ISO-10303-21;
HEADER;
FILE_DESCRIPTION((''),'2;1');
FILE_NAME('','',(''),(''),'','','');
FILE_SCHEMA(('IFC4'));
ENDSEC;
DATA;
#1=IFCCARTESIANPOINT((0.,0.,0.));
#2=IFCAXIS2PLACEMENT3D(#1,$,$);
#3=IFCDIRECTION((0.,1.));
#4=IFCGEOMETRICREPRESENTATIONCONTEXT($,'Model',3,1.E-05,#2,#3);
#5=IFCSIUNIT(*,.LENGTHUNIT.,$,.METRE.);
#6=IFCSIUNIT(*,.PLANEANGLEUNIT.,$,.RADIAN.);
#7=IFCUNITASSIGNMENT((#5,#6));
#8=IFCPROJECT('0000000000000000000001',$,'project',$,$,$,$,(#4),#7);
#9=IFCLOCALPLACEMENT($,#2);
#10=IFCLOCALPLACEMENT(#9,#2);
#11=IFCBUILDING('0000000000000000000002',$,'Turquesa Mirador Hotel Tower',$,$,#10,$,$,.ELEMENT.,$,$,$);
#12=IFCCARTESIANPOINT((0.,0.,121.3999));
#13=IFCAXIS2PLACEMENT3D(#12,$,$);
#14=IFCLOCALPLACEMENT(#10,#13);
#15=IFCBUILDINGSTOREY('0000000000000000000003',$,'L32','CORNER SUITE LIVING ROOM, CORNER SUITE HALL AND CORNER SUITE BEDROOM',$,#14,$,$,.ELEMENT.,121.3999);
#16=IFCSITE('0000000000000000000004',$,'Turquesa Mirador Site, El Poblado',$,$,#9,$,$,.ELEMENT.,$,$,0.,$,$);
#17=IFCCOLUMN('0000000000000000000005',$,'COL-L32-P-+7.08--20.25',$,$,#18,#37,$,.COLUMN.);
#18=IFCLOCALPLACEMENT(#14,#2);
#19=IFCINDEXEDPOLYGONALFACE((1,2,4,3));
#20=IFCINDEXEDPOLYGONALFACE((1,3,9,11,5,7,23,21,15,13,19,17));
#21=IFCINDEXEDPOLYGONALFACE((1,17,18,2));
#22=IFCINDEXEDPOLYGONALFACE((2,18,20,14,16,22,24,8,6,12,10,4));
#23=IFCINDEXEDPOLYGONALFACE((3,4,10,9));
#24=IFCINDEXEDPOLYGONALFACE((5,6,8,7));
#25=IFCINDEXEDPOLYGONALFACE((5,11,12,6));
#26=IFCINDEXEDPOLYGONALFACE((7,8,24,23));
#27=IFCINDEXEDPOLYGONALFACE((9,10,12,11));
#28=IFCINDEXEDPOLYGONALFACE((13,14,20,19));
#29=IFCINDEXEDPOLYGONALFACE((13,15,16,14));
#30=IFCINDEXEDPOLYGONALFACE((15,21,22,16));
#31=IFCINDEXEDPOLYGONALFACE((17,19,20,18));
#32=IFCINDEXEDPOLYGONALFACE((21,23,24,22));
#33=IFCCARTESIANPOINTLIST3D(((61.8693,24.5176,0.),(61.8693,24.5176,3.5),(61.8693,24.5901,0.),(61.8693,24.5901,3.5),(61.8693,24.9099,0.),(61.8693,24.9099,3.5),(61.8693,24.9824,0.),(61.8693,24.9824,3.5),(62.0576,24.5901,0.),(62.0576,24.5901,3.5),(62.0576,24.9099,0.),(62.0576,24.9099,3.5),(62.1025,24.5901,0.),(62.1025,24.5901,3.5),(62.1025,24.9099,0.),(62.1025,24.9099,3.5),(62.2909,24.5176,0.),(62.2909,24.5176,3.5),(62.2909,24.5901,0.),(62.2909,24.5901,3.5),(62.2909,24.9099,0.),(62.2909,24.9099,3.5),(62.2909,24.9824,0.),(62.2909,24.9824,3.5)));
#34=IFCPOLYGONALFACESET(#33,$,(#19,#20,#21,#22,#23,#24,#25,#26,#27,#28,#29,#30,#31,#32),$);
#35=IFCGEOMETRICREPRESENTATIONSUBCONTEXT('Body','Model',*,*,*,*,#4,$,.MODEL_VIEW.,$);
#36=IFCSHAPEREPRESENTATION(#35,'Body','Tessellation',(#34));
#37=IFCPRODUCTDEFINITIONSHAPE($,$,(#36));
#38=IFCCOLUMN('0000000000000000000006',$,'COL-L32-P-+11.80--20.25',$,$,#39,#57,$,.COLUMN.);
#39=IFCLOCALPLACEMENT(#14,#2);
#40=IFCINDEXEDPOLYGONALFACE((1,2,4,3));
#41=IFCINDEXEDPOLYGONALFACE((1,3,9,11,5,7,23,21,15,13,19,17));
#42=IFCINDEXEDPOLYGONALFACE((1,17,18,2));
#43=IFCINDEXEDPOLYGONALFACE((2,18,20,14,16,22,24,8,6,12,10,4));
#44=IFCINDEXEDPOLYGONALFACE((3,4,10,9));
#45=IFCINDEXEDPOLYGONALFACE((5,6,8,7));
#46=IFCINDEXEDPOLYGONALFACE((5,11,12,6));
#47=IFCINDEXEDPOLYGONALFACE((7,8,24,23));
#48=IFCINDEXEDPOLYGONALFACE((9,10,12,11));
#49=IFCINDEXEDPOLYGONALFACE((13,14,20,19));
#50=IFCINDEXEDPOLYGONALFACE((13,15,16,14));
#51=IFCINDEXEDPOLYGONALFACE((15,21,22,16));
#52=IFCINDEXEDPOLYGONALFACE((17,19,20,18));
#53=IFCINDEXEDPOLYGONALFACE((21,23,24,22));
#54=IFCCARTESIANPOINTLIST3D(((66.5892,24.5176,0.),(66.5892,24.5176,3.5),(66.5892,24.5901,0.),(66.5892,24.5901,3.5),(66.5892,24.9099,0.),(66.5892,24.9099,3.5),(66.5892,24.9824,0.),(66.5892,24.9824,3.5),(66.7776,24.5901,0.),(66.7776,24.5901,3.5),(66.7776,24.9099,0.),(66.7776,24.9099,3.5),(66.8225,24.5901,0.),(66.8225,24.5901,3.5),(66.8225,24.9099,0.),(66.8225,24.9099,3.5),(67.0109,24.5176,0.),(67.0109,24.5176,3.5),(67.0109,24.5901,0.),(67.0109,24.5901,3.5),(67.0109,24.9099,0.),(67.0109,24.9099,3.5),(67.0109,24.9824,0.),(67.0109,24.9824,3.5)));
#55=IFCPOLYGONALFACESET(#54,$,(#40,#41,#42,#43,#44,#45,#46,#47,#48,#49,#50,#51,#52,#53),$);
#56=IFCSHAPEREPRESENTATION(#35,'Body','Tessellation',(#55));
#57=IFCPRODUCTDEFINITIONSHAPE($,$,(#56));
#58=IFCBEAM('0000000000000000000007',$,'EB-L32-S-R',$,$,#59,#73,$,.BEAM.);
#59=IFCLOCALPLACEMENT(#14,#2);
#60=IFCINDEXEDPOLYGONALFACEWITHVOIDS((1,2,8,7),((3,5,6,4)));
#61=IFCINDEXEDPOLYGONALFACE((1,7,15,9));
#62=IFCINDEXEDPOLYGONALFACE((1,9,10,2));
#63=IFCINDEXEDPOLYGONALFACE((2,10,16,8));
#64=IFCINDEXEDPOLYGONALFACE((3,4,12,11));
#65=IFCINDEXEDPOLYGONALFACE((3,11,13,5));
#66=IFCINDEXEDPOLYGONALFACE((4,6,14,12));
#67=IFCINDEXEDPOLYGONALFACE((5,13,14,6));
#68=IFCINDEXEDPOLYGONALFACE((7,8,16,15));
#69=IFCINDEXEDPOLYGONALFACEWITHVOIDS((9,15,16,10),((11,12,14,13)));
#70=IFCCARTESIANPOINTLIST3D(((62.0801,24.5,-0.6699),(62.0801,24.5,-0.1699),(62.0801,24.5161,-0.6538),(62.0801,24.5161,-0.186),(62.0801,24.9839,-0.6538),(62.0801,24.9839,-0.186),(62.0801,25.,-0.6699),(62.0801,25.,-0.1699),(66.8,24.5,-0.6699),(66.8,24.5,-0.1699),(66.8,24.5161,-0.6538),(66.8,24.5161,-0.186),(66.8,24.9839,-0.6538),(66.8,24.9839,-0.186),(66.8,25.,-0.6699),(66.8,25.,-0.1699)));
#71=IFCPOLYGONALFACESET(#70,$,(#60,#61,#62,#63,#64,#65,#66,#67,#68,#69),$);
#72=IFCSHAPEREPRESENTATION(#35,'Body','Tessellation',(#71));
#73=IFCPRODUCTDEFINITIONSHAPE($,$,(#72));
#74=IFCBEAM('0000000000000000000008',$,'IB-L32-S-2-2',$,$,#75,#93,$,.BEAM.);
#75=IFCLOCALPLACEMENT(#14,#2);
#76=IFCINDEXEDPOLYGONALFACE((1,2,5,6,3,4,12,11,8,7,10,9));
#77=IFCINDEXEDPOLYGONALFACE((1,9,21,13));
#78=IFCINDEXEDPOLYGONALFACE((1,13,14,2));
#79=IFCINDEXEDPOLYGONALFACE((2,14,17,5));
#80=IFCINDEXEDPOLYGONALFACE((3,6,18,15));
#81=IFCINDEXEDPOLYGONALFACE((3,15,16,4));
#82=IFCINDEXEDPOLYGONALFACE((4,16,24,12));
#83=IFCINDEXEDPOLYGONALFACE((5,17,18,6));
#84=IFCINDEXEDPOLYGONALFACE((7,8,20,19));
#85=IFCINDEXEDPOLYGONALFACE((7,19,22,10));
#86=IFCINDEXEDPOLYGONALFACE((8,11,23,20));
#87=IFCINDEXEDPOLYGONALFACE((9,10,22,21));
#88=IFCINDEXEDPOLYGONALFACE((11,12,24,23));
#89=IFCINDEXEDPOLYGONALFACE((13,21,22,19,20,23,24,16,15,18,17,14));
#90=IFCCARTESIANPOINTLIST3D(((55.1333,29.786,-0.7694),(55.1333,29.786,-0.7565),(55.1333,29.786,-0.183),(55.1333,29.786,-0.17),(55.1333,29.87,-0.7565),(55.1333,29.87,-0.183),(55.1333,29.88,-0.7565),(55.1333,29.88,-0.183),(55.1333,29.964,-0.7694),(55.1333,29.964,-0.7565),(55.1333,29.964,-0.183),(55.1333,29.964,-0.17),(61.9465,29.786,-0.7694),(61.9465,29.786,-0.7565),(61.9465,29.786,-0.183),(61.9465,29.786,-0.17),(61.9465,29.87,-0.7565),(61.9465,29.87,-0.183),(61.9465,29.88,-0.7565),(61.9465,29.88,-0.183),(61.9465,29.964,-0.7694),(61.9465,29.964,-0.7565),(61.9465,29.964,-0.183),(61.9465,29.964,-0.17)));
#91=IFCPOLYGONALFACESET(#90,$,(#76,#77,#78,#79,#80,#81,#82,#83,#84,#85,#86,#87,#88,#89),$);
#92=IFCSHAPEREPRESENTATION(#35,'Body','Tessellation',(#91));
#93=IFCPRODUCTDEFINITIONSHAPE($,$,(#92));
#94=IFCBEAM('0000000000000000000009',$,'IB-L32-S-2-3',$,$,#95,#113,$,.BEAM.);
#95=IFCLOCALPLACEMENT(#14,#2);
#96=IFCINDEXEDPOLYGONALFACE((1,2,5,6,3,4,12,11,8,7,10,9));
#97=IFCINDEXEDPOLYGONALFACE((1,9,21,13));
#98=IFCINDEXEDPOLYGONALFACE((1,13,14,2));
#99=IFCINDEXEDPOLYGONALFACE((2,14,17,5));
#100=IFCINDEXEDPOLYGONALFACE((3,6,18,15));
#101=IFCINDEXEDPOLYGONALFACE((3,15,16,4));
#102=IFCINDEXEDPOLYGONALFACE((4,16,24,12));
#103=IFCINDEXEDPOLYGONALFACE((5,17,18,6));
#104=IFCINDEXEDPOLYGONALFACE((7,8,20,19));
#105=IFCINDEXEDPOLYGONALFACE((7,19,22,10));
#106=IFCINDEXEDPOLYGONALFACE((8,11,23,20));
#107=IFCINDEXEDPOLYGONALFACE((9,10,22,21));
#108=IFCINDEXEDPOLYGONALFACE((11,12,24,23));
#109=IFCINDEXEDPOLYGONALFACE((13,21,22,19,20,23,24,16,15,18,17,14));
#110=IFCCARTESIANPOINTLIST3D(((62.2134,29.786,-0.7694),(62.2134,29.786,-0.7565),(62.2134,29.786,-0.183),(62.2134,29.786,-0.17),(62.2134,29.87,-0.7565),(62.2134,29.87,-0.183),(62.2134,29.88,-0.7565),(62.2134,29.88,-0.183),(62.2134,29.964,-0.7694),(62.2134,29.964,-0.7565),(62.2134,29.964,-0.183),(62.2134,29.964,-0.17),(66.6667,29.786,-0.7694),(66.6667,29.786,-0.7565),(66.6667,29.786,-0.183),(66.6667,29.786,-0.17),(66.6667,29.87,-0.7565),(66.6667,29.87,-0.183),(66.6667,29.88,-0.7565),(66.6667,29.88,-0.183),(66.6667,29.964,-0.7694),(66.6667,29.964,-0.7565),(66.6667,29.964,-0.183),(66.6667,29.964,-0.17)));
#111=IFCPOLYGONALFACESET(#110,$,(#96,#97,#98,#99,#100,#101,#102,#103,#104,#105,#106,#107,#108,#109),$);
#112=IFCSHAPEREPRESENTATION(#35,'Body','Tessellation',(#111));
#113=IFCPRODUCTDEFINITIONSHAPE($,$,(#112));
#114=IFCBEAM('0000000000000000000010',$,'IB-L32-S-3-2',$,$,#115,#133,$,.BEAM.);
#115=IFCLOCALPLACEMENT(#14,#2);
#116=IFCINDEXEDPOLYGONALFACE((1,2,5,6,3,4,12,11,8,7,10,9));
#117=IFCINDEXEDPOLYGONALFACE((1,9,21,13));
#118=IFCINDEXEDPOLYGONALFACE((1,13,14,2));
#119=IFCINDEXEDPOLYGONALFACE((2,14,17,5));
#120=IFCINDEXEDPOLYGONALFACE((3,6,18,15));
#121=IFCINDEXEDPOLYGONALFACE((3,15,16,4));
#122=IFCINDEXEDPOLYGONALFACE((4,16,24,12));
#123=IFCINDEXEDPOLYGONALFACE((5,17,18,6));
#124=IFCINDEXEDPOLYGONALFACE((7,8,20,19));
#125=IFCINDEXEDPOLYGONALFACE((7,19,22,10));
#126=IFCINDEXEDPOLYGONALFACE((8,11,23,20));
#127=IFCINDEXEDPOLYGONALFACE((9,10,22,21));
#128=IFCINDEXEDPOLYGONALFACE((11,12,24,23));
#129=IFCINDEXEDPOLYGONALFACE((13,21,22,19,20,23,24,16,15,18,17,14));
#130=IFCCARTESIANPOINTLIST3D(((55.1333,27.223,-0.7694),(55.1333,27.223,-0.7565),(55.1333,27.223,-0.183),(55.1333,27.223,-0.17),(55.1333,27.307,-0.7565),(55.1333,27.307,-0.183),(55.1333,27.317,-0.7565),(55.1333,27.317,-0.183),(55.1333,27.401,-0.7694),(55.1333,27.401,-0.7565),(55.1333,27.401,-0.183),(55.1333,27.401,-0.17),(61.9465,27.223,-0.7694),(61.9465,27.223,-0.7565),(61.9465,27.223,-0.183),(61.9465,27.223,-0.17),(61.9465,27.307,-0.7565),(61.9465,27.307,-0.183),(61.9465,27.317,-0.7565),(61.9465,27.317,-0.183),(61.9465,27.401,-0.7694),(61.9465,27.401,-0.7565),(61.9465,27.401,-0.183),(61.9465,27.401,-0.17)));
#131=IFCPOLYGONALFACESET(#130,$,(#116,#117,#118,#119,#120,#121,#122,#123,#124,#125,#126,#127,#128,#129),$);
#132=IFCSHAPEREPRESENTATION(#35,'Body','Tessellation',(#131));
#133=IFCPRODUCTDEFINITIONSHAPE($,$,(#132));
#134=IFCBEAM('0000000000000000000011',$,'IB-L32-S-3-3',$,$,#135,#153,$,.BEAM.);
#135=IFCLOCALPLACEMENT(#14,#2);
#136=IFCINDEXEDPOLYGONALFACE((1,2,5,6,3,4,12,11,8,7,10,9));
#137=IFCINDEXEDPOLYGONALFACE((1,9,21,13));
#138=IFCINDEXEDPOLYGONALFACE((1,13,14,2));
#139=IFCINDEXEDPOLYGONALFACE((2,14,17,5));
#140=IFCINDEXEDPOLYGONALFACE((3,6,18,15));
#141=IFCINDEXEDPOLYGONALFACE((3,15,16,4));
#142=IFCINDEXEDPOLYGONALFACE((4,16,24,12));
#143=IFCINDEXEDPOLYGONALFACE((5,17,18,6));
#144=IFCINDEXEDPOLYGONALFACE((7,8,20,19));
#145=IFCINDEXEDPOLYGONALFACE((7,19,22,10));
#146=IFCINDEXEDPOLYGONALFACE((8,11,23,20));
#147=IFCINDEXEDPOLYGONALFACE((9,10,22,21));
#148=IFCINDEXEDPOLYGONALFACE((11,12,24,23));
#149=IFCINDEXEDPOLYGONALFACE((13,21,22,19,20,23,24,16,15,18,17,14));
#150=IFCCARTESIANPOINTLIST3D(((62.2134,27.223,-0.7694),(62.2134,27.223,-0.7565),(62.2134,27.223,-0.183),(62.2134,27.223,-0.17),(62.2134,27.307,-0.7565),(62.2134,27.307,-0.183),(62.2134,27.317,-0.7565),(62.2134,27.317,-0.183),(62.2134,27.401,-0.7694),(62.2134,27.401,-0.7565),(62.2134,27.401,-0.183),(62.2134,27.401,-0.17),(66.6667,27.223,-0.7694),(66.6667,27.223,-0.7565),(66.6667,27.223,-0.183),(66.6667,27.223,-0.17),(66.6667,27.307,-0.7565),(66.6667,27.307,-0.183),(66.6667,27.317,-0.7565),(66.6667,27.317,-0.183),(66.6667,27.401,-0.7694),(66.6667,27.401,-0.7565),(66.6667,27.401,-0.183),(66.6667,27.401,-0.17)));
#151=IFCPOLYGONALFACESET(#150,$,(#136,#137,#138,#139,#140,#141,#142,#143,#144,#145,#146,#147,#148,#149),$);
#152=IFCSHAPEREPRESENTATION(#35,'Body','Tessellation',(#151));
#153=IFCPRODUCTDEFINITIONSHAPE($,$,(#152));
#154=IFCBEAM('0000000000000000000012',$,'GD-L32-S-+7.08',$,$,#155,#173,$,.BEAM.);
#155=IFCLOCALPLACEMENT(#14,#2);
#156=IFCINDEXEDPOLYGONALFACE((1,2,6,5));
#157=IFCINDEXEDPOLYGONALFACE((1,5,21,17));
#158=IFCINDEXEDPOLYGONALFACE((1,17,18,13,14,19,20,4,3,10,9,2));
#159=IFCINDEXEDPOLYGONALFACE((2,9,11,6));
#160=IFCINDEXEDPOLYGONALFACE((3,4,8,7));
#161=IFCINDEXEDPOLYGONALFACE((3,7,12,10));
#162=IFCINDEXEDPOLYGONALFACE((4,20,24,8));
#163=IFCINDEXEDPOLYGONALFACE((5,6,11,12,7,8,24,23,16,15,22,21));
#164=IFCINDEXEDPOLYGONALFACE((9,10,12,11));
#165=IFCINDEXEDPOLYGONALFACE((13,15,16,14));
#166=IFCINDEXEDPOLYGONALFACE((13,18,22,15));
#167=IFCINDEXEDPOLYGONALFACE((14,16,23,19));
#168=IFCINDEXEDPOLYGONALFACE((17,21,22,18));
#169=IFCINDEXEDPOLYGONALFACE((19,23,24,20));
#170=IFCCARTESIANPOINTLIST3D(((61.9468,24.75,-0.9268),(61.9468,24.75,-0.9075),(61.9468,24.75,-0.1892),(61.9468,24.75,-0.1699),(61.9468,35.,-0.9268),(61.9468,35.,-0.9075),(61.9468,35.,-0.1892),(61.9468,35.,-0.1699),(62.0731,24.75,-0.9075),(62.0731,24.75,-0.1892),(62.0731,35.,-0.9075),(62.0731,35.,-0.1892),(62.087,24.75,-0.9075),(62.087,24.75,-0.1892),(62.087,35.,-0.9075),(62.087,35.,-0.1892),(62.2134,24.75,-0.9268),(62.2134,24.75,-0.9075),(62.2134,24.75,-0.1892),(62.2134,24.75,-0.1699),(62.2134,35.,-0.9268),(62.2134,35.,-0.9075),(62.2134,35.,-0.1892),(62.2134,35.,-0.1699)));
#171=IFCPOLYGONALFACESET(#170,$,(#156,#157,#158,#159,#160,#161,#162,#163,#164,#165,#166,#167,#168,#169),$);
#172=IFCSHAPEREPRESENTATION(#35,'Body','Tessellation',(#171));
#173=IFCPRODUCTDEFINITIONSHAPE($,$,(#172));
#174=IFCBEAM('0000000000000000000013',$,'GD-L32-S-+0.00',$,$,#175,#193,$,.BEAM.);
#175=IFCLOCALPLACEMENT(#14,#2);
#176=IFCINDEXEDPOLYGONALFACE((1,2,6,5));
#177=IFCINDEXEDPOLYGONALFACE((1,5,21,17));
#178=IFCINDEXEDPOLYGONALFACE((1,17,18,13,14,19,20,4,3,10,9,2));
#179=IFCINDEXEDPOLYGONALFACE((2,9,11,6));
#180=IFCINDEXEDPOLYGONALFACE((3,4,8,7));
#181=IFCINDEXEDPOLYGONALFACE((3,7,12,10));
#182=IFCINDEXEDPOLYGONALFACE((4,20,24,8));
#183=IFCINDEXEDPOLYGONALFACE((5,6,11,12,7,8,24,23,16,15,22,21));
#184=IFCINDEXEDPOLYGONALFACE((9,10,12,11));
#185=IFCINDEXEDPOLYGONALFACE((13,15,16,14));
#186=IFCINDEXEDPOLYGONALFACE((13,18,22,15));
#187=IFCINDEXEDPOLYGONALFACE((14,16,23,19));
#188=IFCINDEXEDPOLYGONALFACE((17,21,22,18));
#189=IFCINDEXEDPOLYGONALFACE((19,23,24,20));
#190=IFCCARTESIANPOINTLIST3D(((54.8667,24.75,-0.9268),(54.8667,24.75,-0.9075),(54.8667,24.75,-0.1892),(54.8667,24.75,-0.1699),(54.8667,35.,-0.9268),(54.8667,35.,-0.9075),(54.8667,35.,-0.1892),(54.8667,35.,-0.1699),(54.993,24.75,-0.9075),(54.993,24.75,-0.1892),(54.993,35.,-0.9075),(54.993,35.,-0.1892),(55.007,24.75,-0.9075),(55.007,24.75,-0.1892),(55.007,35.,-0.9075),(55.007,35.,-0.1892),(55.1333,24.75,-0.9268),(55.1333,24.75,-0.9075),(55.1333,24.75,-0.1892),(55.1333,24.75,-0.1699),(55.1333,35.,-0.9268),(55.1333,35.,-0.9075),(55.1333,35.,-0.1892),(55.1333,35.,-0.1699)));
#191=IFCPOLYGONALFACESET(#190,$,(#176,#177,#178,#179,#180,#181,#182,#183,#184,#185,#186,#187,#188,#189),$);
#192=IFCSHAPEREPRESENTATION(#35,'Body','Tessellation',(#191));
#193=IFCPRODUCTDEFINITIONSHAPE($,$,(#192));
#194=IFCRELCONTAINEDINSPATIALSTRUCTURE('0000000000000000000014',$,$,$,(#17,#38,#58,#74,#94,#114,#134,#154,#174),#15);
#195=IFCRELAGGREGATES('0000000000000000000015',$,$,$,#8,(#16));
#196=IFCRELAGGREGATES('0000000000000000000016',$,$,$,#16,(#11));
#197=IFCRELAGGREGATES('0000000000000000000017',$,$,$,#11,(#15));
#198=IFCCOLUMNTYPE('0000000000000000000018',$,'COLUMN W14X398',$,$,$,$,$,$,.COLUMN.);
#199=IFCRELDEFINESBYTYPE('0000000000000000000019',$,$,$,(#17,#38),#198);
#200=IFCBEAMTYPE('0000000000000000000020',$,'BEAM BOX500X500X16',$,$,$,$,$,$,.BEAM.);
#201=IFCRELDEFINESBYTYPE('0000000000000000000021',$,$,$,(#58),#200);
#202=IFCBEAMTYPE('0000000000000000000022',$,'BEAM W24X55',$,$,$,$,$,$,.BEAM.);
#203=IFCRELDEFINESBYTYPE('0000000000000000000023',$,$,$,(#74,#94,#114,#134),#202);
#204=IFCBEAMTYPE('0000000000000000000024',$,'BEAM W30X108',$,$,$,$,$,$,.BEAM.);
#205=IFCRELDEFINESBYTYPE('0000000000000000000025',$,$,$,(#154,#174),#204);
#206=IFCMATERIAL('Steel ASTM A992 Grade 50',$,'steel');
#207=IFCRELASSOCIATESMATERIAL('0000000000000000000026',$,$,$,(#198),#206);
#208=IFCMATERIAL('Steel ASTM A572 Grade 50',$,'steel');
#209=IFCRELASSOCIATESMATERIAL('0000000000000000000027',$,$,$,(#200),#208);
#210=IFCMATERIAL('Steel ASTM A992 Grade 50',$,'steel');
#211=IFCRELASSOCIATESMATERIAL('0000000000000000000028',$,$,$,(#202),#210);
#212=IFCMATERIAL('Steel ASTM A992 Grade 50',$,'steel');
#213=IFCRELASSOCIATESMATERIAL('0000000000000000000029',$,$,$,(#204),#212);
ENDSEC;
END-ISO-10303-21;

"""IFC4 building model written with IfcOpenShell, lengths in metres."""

from ifc_helpers import new_model, si_unit, direction, frame, origin, origin_2d, place, context, subcontext, project, spatial, hollow_rectangle, i_section, extrude, material, material_profile, profile_set, type_object, element, save


model = new_model("IFC4")

# Units and contexts
model_context = context("Model", 3, precision=1e-05, world=origin(), true_north=direction((0.0, 1.0)))
body_context = subcontext(model_context, "Body", "Model", "MODEL_VIEW")
ifc_project = project(units=[si_unit("LENGTHUNIT", "METRE"), si_unit("PLANEANGLEUNIT", "RADIAN")], contexts=[model_context])

# Site, building, storey
site_placement = place(None, origin())
site = spatial("IfcSite", under=ifc_project, at=site_placement, Name="Turquesa Mirador Site, El Poblado", CompositionType="ELEMENT", RefElevation=0.0)
building_placement = place(site_placement, origin())
building = spatial("IfcBuilding", under=site, at=building_placement, Name="Turquesa Mirador Hotel Tower", CompositionType="ELEMENT")
storey_placement = place(building_placement, frame((0.0, 0.0, 121.3999)))
storey = spatial("IfcBuildingStorey", under=building, at=storey_placement, Name="L32", Description="CORNER SUITE LIVING ROOM, CORNER SUITE HALL AND CORNER SUITE BEDROOM", CompositionType="ELEMENT", Elevation=121.3999)

# Columns
ifc_material_1 = material(Name="Steel ASTM A992 Grade 50", Category="steel")
ifc_material_profile_1 = material_profile(ifc_material_1, i_section(OverallWidth=0.4216, OverallDepth=0.4648, WebThickness=0.0449, FlangeThickness=0.0725, at=origin_2d()), Name="W14X398")
ifc_profile_set_1 = profile_set([ifc_material_profile_1], Name="Steel ASTM A992 Grade 50")
column_type = type_object("IfcColumnType", Name="COLUMN W14X398", PredefinedType="COLUMN", material=ifc_profile_set_1)
for number, where, z_axis, x_axis, name in (
    (1, (62.0801, 24.75, 0.0), (0.0, 0.0, 1.0), (1.0, 0.0, 0.0), "COL-L32-P-+7.08--20.25"),
    (2, (66.8, 24.75, 0.0), (0.0, 0.0, 1.0), (1.0, 0.0, 0.0), "COL-L32-P-+11.80--20.25"),
):
    element("IfcColumn", number, at=place(storey_placement, frame(where, z_axis=z_axis, x_axis=x_axis)), inside=storey, type_object=column_type, Name=name, PredefinedType="COLUMN", context=body_context, shape_type="SweptSolid", body=[
        extrude(i_section(OverallWidth=0.4216, OverallDepth=0.4648, WebThickness=0.0449, FlangeThickness=0.0725, at=origin_2d()), origin(), (0.0, 0.0, 1.0), 3.5),
    ])

# Beams
ifc_material_2 = material(Name="Steel ASTM A572 Grade 50", Category="steel")
ifc_material_profile_2 = material_profile(ifc_material_2, hollow_rectangle(XDim=0.5, YDim=0.5, WallThickness=0.0161, at=origin_2d()), Name="BOX500X500X16")
ifc_profile_set_2 = profile_set([ifc_material_profile_2], Name="Steel ASTM A572 Grade 50")
beam_type_1 = type_object("IfcBeamType", Name="BEAM BOX500X500X16", PredefinedType="BEAM", material=ifc_profile_set_2)
beam_1_placement = place(storey_placement, frame((62.0801, 24.75, -0.4199), z_axis=(1.0, 0.0, 0.0), x_axis=(0.0, 1.0, 0.0)))
element("IfcBeam", 3, at=beam_1_placement, inside=storey, type_object=beam_type_1, Name="EB-L32-S-R", PredefinedType="BEAM", context=body_context, shape_type="SweptSolid", body=[
    extrude(hollow_rectangle(XDim=0.5, YDim=0.5, WallThickness=0.0161, at=origin_2d()), origin(), (0.0, 0.0, 1.0), 4.72),
])
ifc_material_3 = material(Name="Steel ASTM A992 Grade 50", Category="steel")
ifc_material_profile_3 = material_profile(ifc_material_3, i_section(OverallWidth=0.178, OverallDepth=0.5994, WebThickness=0.01, FlangeThickness=0.0129, at=origin_2d()), Name="W24X55")
ifc_profile_set_3 = profile_set([ifc_material_profile_3], Name="Steel ASTM A992 Grade 50")
beam_type_2 = type_object("IfcBeamType", Name="BEAM W24X55", PredefinedType="BEAM", material=ifc_profile_set_3)
beam_2_placement = place(storey_placement, frame((55.1333, 29.875, -0.4697), z_axis=(1.0, 0.0, 0.0), x_axis=(0.0, 1.0, 0.0)))
element("IfcBeam", 4, at=beam_2_placement, inside=storey, type_object=beam_type_2, Name="IB-L32-S-2-2", PredefinedType="BEAM", context=body_context, shape_type="SweptSolid", body=[
    extrude(i_section(OverallWidth=0.178, OverallDepth=0.5994, WebThickness=0.01, FlangeThickness=0.0129, at=origin_2d()), origin(), (0.0, 0.0, 1.0), 6.8132),
])
beam_3_placement = place(storey_placement, frame((62.2134, 29.875, -0.4697), z_axis=(1.0, 0.0, 0.0), x_axis=(0.0, 1.0, 0.0)))
element("IfcBeam", 5, at=beam_3_placement, inside=storey, type_object=beam_type_2, Name="IB-L32-S-2-3", PredefinedType="BEAM", context=body_context, shape_type="SweptSolid", body=[
    extrude(i_section(OverallWidth=0.178, OverallDepth=0.5994, WebThickness=0.01, FlangeThickness=0.0129, at=origin_2d()), origin(), (0.0, 0.0, 1.0), 4.4534),
])
beam_4_placement = place(storey_placement, frame((55.1333, 27.312, -0.4697), z_axis=(1.0, 0.0, 0.0), x_axis=(0.0, 1.0, 0.0)))
element("IfcBeam", 6, at=beam_4_placement, inside=storey, type_object=beam_type_2, Name="IB-L32-S-3-2", PredefinedType="BEAM", context=body_context, shape_type="SweptSolid", body=[
    extrude(i_section(OverallWidth=0.178, OverallDepth=0.5994, WebThickness=0.01, FlangeThickness=0.0129, at=origin_2d()), origin(), (0.0, 0.0, 1.0), 6.8132),
])
beam_5_placement = place(storey_placement, frame((62.2134, 27.312, -0.4697), z_axis=(1.0, 0.0, 0.0), x_axis=(0.0, 1.0, 0.0)))
element("IfcBeam", 7, at=beam_5_placement, inside=storey, type_object=beam_type_2, Name="IB-L32-S-3-3", PredefinedType="BEAM", context=body_context, shape_type="SweptSolid", body=[
    extrude(i_section(OverallWidth=0.178, OverallDepth=0.5994, WebThickness=0.01, FlangeThickness=0.0129, at=origin_2d()), origin(), (0.0, 0.0, 1.0), 4.4534),
])
ifc_material_4 = material(Name="Steel ASTM A992 Grade 50", Category="steel")
ifc_material_profile_4 = material_profile(ifc_material_4, i_section(OverallWidth=0.2666, OverallDepth=0.7568, WebThickness=0.0139, FlangeThickness=0.0193, at=origin_2d()), Name="W30X108")
ifc_profile_set_4 = profile_set([ifc_material_profile_4], Name="Steel ASTM A992 Grade 50")
beam_type_3 = type_object("IfcBeamType", Name="BEAM W30X108", PredefinedType="BEAM", material=ifc_profile_set_4)
for number, where, z_axis, x_axis, name in (
    (8, (62.0801, 24.75, -0.5483), (0.0, 1.0, 0.0), (-1.0, 0.0, 0.0), "GD-L32-S-+7.08"),
    (9, (55.0, 24.75, -0.5483), (0.0, 1.0, 0.0), (-1.0, 0.0, 0.0), "GD-L32-S-+0.00"),
):
    element("IfcBeam", number, at=place(storey_placement, frame(where, z_axis=z_axis, x_axis=x_axis)), inside=storey, type_object=beam_type_3, Name=name, PredefinedType="BEAM", context=body_context, shape_type="SweptSolid", body=[
        extrude(i_section(OverallWidth=0.2666, OverallDepth=0.7568, WebThickness=0.0139, FlangeThickness=0.0193, at=origin_2d()), origin(), (0.0, 0.0, 1.0), 10.25),
    ])

save(model, "model.ifc")
